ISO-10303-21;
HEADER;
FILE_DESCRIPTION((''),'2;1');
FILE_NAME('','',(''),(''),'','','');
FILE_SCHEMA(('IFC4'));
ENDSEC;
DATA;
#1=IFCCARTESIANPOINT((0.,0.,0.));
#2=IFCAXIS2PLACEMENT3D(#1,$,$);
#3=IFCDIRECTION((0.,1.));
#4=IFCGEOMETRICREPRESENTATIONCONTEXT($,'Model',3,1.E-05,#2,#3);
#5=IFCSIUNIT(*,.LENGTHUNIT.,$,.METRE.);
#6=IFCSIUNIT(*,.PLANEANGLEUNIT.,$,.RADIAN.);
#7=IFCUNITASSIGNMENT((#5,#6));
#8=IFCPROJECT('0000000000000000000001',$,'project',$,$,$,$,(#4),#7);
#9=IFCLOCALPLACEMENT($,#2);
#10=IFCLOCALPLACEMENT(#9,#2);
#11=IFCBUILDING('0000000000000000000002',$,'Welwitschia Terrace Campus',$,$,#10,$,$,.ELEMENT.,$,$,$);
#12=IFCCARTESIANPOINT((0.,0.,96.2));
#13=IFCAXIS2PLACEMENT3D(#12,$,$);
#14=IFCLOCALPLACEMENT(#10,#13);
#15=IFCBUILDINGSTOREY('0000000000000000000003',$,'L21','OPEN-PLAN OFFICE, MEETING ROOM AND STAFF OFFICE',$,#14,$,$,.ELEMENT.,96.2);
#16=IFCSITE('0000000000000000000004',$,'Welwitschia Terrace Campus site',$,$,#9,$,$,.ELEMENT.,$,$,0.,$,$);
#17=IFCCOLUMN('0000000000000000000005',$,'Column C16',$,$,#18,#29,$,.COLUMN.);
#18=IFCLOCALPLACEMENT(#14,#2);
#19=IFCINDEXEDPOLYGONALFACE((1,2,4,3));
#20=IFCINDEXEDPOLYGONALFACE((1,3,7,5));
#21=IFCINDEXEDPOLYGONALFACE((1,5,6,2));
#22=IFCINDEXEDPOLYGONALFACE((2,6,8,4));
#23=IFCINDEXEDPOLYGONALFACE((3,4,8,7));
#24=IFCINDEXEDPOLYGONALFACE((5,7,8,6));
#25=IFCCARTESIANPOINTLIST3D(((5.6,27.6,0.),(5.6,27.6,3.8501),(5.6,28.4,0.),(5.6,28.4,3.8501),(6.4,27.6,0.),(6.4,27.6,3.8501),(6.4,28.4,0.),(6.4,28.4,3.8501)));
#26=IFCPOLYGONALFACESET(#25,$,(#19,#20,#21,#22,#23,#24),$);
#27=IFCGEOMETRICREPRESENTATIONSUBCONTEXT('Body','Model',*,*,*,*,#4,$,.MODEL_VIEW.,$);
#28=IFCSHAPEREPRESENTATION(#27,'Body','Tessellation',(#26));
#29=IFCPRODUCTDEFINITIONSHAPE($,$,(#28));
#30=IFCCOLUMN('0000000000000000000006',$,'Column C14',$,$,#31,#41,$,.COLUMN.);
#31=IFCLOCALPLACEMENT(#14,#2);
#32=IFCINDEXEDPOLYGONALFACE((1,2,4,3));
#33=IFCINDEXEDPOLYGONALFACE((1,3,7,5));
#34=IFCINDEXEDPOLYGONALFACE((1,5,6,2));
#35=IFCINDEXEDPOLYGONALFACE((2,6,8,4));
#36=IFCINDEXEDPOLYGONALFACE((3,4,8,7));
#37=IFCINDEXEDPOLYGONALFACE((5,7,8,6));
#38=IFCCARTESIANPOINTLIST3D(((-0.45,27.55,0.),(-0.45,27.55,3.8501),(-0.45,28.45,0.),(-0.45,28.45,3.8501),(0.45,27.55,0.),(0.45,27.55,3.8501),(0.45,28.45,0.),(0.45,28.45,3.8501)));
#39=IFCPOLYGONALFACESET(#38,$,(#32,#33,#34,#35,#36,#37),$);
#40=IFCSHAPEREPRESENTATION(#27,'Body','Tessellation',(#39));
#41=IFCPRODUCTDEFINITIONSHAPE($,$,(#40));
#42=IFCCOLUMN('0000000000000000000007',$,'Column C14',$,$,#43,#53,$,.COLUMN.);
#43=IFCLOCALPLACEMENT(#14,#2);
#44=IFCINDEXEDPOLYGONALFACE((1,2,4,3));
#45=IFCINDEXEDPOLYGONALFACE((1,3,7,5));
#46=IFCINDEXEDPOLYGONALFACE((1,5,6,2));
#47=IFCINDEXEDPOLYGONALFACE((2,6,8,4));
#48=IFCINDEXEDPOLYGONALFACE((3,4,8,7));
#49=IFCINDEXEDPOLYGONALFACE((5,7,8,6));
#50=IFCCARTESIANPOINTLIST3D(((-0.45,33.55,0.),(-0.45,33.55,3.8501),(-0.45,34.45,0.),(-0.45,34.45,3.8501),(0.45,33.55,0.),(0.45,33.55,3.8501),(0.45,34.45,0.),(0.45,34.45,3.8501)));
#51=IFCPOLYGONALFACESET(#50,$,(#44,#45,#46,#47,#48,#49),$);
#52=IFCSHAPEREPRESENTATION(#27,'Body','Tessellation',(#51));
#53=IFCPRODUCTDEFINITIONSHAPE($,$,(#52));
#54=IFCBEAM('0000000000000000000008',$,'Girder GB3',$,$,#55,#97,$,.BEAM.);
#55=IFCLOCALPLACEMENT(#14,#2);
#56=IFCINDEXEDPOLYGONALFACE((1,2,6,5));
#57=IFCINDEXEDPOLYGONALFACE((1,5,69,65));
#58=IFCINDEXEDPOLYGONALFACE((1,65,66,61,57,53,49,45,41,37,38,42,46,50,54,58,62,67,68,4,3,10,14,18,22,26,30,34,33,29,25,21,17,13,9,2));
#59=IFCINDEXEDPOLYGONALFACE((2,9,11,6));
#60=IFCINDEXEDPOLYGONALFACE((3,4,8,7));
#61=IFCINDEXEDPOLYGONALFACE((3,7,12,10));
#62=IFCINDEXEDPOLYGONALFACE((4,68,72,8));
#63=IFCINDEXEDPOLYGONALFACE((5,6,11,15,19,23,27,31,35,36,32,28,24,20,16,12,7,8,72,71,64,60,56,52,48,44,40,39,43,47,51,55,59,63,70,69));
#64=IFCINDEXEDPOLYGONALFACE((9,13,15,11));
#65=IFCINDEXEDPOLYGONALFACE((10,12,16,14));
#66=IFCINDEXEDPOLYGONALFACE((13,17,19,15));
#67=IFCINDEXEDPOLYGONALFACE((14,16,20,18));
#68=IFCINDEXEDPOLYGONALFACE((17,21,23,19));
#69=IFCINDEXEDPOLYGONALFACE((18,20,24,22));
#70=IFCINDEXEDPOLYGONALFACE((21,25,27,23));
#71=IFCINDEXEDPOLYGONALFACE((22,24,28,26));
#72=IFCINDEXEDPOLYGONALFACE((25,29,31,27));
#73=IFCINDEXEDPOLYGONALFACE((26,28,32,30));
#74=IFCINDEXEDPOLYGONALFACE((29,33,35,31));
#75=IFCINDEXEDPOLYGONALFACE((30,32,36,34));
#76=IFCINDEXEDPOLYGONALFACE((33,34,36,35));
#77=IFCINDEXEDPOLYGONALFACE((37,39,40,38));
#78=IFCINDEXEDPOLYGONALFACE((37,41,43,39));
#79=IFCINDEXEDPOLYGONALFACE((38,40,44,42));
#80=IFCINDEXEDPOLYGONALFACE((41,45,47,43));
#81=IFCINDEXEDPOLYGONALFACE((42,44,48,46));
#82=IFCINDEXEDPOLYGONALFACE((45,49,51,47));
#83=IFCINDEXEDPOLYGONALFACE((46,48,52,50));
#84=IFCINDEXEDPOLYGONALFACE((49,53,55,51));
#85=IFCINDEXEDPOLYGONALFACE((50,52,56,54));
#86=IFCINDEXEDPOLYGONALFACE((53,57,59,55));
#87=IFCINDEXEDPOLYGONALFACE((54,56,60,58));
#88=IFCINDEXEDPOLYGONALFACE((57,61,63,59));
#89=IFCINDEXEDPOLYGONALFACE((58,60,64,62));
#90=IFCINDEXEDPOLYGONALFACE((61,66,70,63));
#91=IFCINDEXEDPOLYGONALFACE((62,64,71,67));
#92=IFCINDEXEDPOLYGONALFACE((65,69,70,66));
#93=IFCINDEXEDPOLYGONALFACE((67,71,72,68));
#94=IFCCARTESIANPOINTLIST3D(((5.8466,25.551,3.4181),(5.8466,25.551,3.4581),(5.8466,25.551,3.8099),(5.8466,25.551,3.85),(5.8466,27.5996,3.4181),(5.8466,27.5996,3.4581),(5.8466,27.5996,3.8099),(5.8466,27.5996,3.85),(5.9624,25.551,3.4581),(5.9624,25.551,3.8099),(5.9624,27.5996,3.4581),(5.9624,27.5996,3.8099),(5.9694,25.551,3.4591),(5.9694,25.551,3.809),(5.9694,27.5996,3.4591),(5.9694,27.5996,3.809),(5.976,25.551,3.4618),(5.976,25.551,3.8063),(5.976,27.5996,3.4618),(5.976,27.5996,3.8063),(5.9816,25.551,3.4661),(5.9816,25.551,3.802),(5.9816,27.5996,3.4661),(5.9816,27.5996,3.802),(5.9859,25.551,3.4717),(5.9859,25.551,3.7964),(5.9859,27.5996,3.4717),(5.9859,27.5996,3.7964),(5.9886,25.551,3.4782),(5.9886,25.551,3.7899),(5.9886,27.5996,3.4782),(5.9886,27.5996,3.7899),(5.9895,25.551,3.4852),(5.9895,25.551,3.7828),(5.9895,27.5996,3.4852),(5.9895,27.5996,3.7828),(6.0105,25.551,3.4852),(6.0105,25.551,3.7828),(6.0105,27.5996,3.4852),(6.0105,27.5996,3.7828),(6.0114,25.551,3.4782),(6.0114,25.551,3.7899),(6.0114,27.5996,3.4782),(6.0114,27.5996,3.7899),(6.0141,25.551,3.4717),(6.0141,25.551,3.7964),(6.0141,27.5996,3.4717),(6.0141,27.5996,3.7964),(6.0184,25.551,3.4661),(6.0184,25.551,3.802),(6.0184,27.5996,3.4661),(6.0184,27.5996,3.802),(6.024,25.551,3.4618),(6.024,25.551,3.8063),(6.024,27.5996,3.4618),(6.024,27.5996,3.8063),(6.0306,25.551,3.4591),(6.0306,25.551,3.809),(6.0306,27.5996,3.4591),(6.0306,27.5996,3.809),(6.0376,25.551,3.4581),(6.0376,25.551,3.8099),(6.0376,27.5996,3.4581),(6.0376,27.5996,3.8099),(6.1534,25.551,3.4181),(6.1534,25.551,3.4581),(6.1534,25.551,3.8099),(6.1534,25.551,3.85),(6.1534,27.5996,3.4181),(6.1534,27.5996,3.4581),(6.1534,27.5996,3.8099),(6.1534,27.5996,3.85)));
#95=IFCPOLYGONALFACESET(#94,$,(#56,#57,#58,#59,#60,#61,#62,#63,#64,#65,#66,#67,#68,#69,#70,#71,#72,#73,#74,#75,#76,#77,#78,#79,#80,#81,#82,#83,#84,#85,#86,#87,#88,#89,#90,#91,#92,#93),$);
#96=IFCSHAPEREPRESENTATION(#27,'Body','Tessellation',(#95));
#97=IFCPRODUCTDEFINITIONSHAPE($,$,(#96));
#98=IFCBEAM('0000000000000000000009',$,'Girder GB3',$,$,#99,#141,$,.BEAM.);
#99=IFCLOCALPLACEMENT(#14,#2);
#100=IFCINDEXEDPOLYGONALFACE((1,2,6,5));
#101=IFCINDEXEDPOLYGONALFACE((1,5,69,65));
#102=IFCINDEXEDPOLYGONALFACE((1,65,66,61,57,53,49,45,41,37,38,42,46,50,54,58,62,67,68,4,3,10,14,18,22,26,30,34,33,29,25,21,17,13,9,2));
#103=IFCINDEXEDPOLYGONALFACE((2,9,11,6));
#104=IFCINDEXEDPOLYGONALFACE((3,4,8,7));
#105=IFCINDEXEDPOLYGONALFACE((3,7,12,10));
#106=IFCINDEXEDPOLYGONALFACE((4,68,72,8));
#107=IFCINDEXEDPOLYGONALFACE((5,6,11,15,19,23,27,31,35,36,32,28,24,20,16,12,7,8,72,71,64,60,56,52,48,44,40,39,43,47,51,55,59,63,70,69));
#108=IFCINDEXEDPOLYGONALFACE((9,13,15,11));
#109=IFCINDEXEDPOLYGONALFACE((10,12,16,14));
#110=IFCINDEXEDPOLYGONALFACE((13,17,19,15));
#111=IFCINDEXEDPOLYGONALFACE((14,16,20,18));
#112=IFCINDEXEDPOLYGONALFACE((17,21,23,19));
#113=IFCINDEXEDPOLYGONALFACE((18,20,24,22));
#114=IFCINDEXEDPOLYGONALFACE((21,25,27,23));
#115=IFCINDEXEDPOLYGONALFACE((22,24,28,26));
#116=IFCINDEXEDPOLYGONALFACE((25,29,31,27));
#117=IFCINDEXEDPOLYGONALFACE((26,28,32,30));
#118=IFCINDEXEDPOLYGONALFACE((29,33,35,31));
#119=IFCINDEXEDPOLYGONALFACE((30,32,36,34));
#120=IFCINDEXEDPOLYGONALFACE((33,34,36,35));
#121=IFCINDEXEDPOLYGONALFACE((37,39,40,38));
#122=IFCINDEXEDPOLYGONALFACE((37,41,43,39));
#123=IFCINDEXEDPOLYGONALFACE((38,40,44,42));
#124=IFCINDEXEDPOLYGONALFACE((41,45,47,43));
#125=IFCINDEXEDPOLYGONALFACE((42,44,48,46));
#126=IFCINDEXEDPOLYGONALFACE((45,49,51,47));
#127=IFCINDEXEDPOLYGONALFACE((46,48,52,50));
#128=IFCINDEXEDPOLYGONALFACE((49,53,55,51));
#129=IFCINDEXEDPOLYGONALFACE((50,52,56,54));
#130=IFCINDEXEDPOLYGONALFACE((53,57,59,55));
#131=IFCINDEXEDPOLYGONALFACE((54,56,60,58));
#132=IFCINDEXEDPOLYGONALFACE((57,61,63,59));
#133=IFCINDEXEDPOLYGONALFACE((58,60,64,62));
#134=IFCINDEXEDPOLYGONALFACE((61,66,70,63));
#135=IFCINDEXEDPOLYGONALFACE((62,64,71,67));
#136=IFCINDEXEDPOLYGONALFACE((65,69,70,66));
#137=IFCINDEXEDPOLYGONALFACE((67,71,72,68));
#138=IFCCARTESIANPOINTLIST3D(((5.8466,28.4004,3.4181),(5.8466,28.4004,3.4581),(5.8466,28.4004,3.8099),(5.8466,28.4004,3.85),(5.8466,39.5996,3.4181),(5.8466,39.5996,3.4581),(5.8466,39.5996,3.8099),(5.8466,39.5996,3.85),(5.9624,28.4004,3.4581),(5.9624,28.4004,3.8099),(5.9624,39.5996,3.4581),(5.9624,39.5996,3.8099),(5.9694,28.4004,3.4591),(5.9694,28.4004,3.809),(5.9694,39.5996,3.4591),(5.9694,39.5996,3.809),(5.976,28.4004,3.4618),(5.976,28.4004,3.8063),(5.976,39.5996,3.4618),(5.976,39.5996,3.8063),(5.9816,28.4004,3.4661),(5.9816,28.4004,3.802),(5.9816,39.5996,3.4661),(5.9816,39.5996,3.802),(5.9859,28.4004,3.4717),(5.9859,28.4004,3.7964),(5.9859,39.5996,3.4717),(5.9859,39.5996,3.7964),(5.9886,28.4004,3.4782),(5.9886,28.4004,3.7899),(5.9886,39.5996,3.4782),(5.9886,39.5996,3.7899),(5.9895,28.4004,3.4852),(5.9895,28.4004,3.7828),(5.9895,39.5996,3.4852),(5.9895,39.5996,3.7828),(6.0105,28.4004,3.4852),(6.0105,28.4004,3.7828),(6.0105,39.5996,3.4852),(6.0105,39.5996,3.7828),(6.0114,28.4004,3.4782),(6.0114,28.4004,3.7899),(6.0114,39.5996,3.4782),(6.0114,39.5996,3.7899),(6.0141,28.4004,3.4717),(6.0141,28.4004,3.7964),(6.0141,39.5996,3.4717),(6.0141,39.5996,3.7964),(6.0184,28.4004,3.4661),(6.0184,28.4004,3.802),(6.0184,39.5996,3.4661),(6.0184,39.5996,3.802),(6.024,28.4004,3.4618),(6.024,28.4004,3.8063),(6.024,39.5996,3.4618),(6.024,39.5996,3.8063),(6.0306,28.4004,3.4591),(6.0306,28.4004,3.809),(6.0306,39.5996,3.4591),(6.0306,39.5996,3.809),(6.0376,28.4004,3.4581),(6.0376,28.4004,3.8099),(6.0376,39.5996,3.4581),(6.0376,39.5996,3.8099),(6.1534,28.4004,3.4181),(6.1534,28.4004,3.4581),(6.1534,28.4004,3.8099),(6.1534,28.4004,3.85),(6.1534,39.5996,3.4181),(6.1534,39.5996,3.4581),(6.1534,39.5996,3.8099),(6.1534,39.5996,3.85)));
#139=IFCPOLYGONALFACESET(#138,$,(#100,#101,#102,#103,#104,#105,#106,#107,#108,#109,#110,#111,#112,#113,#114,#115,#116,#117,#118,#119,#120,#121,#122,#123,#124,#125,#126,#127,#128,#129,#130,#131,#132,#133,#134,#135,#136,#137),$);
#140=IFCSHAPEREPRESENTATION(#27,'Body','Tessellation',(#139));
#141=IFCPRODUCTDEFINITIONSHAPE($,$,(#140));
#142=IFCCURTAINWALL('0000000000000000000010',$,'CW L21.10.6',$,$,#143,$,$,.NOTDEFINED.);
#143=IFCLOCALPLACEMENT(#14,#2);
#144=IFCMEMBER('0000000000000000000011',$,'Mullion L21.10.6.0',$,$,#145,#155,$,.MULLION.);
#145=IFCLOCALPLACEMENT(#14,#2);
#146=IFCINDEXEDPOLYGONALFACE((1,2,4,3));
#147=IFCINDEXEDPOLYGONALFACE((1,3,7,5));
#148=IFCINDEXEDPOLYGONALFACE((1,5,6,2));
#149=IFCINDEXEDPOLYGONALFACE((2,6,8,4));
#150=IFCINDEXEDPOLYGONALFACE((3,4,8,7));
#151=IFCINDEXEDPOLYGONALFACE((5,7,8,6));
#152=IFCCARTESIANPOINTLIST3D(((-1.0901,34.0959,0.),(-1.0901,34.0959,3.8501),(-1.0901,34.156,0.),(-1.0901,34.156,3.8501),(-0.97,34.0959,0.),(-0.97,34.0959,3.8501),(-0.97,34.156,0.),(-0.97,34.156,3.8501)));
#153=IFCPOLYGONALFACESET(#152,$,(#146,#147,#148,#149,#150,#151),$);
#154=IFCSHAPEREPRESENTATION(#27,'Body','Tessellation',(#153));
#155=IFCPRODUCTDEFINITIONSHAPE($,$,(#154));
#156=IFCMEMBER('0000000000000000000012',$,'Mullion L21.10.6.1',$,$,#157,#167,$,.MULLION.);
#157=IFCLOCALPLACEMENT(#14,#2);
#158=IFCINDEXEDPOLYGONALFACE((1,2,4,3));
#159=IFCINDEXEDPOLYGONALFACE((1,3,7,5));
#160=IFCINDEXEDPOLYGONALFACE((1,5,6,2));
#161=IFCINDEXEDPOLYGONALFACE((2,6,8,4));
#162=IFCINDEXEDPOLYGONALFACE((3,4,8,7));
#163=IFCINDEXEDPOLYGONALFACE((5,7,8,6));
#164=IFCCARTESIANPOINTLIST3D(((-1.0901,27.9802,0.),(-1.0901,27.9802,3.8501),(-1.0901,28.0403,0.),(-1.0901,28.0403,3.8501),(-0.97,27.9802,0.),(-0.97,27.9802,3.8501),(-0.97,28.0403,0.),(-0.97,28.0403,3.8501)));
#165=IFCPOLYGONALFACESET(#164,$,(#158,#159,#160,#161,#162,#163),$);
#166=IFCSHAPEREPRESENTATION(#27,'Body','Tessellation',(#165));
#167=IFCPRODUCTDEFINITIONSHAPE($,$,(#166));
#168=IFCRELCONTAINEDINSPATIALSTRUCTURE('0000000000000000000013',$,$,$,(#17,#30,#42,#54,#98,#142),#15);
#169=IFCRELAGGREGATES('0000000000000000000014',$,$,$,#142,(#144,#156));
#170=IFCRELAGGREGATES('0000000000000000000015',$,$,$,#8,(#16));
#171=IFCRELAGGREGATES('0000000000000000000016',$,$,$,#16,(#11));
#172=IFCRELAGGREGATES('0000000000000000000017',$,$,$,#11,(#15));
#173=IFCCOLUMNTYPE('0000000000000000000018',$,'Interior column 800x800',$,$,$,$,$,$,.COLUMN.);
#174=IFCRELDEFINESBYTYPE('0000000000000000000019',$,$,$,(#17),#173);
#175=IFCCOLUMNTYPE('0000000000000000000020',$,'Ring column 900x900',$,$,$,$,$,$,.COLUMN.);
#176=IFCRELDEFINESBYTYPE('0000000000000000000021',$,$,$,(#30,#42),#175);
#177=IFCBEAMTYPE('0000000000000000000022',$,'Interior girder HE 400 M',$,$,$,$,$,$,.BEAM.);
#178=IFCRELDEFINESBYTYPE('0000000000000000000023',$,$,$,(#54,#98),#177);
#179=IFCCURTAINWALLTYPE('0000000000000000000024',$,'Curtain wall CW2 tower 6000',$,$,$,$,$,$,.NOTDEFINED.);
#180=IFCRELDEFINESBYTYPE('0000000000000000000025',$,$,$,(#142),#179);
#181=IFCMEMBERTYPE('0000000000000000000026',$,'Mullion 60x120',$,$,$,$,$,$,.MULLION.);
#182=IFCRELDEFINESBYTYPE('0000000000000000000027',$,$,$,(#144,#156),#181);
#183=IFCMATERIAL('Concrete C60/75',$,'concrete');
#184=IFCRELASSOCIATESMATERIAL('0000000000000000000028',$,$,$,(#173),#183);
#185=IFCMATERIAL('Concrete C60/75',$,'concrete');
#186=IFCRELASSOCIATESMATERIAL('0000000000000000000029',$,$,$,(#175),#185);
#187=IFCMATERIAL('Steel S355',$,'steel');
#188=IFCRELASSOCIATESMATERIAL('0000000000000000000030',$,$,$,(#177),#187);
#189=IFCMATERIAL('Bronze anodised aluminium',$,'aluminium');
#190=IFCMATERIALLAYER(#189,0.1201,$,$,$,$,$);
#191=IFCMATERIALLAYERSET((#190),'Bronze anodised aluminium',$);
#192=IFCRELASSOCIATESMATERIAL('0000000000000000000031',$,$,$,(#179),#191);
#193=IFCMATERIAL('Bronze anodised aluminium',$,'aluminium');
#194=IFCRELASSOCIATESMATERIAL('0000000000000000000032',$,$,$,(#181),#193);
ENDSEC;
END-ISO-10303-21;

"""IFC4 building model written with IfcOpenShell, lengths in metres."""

from ifc_helpers import new_model, si_unit, direction, frame, origin, origin_2d, place, context, subcontext, project, spatial, rectangle, i_section, extrude, material, layer, layer_set, material_profile, profile_set, type_object, element, aggregate, save


model = new_model("IFC4")

# Units and contexts
model_context = context("Model", 3, precision=1e-05, world=origin(), true_north=direction((0.0, 1.0)))
body_context = subcontext(model_context, "Body", "Model", "MODEL_VIEW")
ifc_project = project(units=[si_unit("LENGTHUNIT", "METRE"), si_unit("PLANEANGLEUNIT", "RADIAN")], contexts=[model_context])

# Site, building, storey
site_placement = place(None, origin())
site = spatial("IfcSite", under=ifc_project, at=site_placement, Name="Welwitschia Terrace Campus site", CompositionType="ELEMENT", RefElevation=0.0)
building_placement = place(site_placement, origin())
building = spatial("IfcBuilding", under=site, at=building_placement, Name="Welwitschia Terrace Campus", CompositionType="ELEMENT")
storey_placement = place(building_placement, frame((0.0, 0.0, 96.2)))
storey = spatial("IfcBuildingStorey", under=building, at=storey_placement, Name="L21", Description="OPEN-PLAN OFFICE, MEETING ROOM AND STAFF OFFICE", CompositionType="ELEMENT", Elevation=96.2)

# Columns
ifc_material_1 = material(Name="Concrete C60/75", Category="concrete")
ifc_material_profile_1 = material_profile(ifc_material_1, rectangle(XDim=0.8, YDim=0.8, at=origin_2d()))
ifc_profile_set_1 = profile_set([ifc_material_profile_1], Name="Concrete C60/75")
column_type_1 = type_object("IfcColumnType", Name="Interior column 800x800", PredefinedType="COLUMN", material=ifc_profile_set_1)
column_placement = place(storey_placement, frame((6.0, 28.0, 0.0), z_axis=(0.0, 0.0, 1.0), x_axis=(1.0, 0.0, 0.0)))
element("IfcColumn", 1, at=column_placement, inside=storey, type_object=column_type_1, Name="Column C16", PredefinedType="COLUMN", context=body_context, shape_type="SweptSolid", body=[
    extrude(rectangle(XDim=0.8, YDim=0.8, at=origin_2d()), origin(), (0.0, 0.0, 1.0), 3.8501),
])
ifc_material_2 = material(Name="Concrete C60/75", Category="concrete")
ifc_material_profile_2 = material_profile(ifc_material_2, rectangle(XDim=0.8999, YDim=0.8999, at=origin_2d()))
ifc_profile_set_2 = profile_set([ifc_material_profile_2], Name="Concrete C60/75")
column_type_2 = type_object("IfcColumnType", Name="Ring column 900x900", PredefinedType="COLUMN", material=ifc_profile_set_2)
for number, where, z_axis, x_axis, name in (
    (2, (0.0, 28.0, 0.0), (0.0, 0.0, 1.0), (1.0, 0.0, 0.0), "Column C14"),
    (3, (0.0, 34.0, 0.0), (0.0, 0.0, 1.0), (1.0, 0.0, 0.0), "Column C14"),
):
    element("IfcColumn", number, at=place(storey_placement, frame(where, z_axis=z_axis, x_axis=x_axis)), inside=storey, type_object=column_type_2, Name=name, PredefinedType="COLUMN", context=body_context, shape_type="SweptSolid", body=[
        extrude(rectangle(XDim=0.8999, YDim=0.8999, at=origin_2d()), origin(), (0.0, 0.0, 1.0), 3.8501),
    ])

# Beams
ifc_material_3 = material(Name="Steel S355", Category="steel")
ifc_material_profile_3 = material_profile(ifc_material_3, i_section(OverallWidth=0.3069, OverallDepth=0.4319, WebThickness=0.021, FlangeThickness=0.04, FilletRadius=0.0271, at=origin_2d()))
ifc_profile_set_3 = profile_set([ifc_material_profile_3], Name="Steel S355")
beam_type_1 = type_object("IfcBeamType", Name="Interior girder HE 400 M", PredefinedType="BEAM", material=ifc_profile_set_3)
beam_1_placement = place(storey_placement, frame((6.0, 25.551, 3.634), z_axis=(0.0, 1.0, 0.0), x_axis=(-1.0, 0.0, 0.0)))
element("IfcBeam", 4, at=beam_1_placement, inside=storey, type_object=beam_type_1, Name="Girder GB3", PredefinedType="BEAM", context=body_context, shape_type="SweptSolid", body=[
    extrude(i_section(OverallWidth=0.3069, OverallDepth=0.4319, WebThickness=0.021, FlangeThickness=0.04, FilletRadius=0.0271, at=origin_2d()), origin(), (0.0, 0.0, 1.0), 2.0486),
])
beam_2_placement = place(storey_placement, frame((6.0, 28.4004, 3.634), z_axis=(0.0, 1.0, 0.0), x_axis=(-1.0, 0.0, 0.0)))
element("IfcBeam", 5, at=beam_2_placement, inside=storey, type_object=beam_type_1, Name="Girder GB3", PredefinedType="BEAM", context=body_context, shape_type="SweptSolid", body=[
    extrude(i_section(OverallWidth=0.3069, OverallDepth=0.4319, WebThickness=0.021, FlangeThickness=0.04, FilletRadius=0.0271, at=origin_2d()), origin(), (0.0, 0.0, 1.0), 11.1992),
])

# Curtain wall, members
ifc_material_4 = material(Name="Bronze anodised aluminium", Category="aluminium")
ifc_layer_1 = layer(ifc_material_4, 0.1201)
ifc_layer_set_1 = layer_set([ifc_layer_1], Name="Bronze anodised aluminium")
curtain_wall_type = type_object("IfcCurtainWallType", Name="Curtain wall CW2 tower 6000", PredefinedType="NOTDEFINED", material=ifc_layer_set_1)
curtain_wall_placement = place(storey_placement, origin())
curtain_wall = element("IfcCurtainWall", 6, at=curtain_wall_placement, inside=storey, type_object=curtain_wall_type, Name="CW L21.10.6", PredefinedType="NOTDEFINED")
ifc_material_5 = material(Name="Bronze anodised aluminium", Category="aluminium")
ifc_material_profile_4 = material_profile(ifc_material_5, rectangle(XDim=0.1201, YDim=0.0601, at=origin_2d()))
ifc_profile_set_4 = profile_set([ifc_material_profile_4], Name="Bronze anodised aluminium")
member_type_1 = type_object("IfcMemberType", Name="Mullion 60x120", PredefinedType="MULLION", material=ifc_profile_set_4)
member_1_placement = place(storey_placement, frame((-1.03, 34.126, 0.0), z_axis=(0.0, 0.0, 1.0), x_axis=(1.0, 0.0, 0.0)))
member_1 = element("IfcMember", 7, at=member_1_placement, type_object=member_type_1, Name="Mullion L21.10.6.0", PredefinedType="MULLION", context=body_context, shape_type="SweptSolid", body=[
    extrude(rectangle(XDim=0.1201, YDim=0.0601, at=origin_2d()), origin(), (0.0, 0.0, 1.0), 3.8501),
])
member_2_placement = place(storey_placement, frame((-1.03, 28.0103, 0.0), z_axis=(0.0, 0.0, 1.0), x_axis=(1.0, 0.0, 0.0)))
member_2 = element("IfcMember", 8, at=member_2_placement, type_object=member_type_1, Name="Mullion L21.10.6.1", PredefinedType="MULLION", context=body_context, shape_type="SweptSolid", body=[
    extrude(rectangle(XDim=0.1201, YDim=0.0601, at=origin_2d()), origin(), (0.0, 0.0, 1.0), 3.8501),
])

aggregate(curtain_wall, [member_1, member_2])

save(model, "model.ifc")
